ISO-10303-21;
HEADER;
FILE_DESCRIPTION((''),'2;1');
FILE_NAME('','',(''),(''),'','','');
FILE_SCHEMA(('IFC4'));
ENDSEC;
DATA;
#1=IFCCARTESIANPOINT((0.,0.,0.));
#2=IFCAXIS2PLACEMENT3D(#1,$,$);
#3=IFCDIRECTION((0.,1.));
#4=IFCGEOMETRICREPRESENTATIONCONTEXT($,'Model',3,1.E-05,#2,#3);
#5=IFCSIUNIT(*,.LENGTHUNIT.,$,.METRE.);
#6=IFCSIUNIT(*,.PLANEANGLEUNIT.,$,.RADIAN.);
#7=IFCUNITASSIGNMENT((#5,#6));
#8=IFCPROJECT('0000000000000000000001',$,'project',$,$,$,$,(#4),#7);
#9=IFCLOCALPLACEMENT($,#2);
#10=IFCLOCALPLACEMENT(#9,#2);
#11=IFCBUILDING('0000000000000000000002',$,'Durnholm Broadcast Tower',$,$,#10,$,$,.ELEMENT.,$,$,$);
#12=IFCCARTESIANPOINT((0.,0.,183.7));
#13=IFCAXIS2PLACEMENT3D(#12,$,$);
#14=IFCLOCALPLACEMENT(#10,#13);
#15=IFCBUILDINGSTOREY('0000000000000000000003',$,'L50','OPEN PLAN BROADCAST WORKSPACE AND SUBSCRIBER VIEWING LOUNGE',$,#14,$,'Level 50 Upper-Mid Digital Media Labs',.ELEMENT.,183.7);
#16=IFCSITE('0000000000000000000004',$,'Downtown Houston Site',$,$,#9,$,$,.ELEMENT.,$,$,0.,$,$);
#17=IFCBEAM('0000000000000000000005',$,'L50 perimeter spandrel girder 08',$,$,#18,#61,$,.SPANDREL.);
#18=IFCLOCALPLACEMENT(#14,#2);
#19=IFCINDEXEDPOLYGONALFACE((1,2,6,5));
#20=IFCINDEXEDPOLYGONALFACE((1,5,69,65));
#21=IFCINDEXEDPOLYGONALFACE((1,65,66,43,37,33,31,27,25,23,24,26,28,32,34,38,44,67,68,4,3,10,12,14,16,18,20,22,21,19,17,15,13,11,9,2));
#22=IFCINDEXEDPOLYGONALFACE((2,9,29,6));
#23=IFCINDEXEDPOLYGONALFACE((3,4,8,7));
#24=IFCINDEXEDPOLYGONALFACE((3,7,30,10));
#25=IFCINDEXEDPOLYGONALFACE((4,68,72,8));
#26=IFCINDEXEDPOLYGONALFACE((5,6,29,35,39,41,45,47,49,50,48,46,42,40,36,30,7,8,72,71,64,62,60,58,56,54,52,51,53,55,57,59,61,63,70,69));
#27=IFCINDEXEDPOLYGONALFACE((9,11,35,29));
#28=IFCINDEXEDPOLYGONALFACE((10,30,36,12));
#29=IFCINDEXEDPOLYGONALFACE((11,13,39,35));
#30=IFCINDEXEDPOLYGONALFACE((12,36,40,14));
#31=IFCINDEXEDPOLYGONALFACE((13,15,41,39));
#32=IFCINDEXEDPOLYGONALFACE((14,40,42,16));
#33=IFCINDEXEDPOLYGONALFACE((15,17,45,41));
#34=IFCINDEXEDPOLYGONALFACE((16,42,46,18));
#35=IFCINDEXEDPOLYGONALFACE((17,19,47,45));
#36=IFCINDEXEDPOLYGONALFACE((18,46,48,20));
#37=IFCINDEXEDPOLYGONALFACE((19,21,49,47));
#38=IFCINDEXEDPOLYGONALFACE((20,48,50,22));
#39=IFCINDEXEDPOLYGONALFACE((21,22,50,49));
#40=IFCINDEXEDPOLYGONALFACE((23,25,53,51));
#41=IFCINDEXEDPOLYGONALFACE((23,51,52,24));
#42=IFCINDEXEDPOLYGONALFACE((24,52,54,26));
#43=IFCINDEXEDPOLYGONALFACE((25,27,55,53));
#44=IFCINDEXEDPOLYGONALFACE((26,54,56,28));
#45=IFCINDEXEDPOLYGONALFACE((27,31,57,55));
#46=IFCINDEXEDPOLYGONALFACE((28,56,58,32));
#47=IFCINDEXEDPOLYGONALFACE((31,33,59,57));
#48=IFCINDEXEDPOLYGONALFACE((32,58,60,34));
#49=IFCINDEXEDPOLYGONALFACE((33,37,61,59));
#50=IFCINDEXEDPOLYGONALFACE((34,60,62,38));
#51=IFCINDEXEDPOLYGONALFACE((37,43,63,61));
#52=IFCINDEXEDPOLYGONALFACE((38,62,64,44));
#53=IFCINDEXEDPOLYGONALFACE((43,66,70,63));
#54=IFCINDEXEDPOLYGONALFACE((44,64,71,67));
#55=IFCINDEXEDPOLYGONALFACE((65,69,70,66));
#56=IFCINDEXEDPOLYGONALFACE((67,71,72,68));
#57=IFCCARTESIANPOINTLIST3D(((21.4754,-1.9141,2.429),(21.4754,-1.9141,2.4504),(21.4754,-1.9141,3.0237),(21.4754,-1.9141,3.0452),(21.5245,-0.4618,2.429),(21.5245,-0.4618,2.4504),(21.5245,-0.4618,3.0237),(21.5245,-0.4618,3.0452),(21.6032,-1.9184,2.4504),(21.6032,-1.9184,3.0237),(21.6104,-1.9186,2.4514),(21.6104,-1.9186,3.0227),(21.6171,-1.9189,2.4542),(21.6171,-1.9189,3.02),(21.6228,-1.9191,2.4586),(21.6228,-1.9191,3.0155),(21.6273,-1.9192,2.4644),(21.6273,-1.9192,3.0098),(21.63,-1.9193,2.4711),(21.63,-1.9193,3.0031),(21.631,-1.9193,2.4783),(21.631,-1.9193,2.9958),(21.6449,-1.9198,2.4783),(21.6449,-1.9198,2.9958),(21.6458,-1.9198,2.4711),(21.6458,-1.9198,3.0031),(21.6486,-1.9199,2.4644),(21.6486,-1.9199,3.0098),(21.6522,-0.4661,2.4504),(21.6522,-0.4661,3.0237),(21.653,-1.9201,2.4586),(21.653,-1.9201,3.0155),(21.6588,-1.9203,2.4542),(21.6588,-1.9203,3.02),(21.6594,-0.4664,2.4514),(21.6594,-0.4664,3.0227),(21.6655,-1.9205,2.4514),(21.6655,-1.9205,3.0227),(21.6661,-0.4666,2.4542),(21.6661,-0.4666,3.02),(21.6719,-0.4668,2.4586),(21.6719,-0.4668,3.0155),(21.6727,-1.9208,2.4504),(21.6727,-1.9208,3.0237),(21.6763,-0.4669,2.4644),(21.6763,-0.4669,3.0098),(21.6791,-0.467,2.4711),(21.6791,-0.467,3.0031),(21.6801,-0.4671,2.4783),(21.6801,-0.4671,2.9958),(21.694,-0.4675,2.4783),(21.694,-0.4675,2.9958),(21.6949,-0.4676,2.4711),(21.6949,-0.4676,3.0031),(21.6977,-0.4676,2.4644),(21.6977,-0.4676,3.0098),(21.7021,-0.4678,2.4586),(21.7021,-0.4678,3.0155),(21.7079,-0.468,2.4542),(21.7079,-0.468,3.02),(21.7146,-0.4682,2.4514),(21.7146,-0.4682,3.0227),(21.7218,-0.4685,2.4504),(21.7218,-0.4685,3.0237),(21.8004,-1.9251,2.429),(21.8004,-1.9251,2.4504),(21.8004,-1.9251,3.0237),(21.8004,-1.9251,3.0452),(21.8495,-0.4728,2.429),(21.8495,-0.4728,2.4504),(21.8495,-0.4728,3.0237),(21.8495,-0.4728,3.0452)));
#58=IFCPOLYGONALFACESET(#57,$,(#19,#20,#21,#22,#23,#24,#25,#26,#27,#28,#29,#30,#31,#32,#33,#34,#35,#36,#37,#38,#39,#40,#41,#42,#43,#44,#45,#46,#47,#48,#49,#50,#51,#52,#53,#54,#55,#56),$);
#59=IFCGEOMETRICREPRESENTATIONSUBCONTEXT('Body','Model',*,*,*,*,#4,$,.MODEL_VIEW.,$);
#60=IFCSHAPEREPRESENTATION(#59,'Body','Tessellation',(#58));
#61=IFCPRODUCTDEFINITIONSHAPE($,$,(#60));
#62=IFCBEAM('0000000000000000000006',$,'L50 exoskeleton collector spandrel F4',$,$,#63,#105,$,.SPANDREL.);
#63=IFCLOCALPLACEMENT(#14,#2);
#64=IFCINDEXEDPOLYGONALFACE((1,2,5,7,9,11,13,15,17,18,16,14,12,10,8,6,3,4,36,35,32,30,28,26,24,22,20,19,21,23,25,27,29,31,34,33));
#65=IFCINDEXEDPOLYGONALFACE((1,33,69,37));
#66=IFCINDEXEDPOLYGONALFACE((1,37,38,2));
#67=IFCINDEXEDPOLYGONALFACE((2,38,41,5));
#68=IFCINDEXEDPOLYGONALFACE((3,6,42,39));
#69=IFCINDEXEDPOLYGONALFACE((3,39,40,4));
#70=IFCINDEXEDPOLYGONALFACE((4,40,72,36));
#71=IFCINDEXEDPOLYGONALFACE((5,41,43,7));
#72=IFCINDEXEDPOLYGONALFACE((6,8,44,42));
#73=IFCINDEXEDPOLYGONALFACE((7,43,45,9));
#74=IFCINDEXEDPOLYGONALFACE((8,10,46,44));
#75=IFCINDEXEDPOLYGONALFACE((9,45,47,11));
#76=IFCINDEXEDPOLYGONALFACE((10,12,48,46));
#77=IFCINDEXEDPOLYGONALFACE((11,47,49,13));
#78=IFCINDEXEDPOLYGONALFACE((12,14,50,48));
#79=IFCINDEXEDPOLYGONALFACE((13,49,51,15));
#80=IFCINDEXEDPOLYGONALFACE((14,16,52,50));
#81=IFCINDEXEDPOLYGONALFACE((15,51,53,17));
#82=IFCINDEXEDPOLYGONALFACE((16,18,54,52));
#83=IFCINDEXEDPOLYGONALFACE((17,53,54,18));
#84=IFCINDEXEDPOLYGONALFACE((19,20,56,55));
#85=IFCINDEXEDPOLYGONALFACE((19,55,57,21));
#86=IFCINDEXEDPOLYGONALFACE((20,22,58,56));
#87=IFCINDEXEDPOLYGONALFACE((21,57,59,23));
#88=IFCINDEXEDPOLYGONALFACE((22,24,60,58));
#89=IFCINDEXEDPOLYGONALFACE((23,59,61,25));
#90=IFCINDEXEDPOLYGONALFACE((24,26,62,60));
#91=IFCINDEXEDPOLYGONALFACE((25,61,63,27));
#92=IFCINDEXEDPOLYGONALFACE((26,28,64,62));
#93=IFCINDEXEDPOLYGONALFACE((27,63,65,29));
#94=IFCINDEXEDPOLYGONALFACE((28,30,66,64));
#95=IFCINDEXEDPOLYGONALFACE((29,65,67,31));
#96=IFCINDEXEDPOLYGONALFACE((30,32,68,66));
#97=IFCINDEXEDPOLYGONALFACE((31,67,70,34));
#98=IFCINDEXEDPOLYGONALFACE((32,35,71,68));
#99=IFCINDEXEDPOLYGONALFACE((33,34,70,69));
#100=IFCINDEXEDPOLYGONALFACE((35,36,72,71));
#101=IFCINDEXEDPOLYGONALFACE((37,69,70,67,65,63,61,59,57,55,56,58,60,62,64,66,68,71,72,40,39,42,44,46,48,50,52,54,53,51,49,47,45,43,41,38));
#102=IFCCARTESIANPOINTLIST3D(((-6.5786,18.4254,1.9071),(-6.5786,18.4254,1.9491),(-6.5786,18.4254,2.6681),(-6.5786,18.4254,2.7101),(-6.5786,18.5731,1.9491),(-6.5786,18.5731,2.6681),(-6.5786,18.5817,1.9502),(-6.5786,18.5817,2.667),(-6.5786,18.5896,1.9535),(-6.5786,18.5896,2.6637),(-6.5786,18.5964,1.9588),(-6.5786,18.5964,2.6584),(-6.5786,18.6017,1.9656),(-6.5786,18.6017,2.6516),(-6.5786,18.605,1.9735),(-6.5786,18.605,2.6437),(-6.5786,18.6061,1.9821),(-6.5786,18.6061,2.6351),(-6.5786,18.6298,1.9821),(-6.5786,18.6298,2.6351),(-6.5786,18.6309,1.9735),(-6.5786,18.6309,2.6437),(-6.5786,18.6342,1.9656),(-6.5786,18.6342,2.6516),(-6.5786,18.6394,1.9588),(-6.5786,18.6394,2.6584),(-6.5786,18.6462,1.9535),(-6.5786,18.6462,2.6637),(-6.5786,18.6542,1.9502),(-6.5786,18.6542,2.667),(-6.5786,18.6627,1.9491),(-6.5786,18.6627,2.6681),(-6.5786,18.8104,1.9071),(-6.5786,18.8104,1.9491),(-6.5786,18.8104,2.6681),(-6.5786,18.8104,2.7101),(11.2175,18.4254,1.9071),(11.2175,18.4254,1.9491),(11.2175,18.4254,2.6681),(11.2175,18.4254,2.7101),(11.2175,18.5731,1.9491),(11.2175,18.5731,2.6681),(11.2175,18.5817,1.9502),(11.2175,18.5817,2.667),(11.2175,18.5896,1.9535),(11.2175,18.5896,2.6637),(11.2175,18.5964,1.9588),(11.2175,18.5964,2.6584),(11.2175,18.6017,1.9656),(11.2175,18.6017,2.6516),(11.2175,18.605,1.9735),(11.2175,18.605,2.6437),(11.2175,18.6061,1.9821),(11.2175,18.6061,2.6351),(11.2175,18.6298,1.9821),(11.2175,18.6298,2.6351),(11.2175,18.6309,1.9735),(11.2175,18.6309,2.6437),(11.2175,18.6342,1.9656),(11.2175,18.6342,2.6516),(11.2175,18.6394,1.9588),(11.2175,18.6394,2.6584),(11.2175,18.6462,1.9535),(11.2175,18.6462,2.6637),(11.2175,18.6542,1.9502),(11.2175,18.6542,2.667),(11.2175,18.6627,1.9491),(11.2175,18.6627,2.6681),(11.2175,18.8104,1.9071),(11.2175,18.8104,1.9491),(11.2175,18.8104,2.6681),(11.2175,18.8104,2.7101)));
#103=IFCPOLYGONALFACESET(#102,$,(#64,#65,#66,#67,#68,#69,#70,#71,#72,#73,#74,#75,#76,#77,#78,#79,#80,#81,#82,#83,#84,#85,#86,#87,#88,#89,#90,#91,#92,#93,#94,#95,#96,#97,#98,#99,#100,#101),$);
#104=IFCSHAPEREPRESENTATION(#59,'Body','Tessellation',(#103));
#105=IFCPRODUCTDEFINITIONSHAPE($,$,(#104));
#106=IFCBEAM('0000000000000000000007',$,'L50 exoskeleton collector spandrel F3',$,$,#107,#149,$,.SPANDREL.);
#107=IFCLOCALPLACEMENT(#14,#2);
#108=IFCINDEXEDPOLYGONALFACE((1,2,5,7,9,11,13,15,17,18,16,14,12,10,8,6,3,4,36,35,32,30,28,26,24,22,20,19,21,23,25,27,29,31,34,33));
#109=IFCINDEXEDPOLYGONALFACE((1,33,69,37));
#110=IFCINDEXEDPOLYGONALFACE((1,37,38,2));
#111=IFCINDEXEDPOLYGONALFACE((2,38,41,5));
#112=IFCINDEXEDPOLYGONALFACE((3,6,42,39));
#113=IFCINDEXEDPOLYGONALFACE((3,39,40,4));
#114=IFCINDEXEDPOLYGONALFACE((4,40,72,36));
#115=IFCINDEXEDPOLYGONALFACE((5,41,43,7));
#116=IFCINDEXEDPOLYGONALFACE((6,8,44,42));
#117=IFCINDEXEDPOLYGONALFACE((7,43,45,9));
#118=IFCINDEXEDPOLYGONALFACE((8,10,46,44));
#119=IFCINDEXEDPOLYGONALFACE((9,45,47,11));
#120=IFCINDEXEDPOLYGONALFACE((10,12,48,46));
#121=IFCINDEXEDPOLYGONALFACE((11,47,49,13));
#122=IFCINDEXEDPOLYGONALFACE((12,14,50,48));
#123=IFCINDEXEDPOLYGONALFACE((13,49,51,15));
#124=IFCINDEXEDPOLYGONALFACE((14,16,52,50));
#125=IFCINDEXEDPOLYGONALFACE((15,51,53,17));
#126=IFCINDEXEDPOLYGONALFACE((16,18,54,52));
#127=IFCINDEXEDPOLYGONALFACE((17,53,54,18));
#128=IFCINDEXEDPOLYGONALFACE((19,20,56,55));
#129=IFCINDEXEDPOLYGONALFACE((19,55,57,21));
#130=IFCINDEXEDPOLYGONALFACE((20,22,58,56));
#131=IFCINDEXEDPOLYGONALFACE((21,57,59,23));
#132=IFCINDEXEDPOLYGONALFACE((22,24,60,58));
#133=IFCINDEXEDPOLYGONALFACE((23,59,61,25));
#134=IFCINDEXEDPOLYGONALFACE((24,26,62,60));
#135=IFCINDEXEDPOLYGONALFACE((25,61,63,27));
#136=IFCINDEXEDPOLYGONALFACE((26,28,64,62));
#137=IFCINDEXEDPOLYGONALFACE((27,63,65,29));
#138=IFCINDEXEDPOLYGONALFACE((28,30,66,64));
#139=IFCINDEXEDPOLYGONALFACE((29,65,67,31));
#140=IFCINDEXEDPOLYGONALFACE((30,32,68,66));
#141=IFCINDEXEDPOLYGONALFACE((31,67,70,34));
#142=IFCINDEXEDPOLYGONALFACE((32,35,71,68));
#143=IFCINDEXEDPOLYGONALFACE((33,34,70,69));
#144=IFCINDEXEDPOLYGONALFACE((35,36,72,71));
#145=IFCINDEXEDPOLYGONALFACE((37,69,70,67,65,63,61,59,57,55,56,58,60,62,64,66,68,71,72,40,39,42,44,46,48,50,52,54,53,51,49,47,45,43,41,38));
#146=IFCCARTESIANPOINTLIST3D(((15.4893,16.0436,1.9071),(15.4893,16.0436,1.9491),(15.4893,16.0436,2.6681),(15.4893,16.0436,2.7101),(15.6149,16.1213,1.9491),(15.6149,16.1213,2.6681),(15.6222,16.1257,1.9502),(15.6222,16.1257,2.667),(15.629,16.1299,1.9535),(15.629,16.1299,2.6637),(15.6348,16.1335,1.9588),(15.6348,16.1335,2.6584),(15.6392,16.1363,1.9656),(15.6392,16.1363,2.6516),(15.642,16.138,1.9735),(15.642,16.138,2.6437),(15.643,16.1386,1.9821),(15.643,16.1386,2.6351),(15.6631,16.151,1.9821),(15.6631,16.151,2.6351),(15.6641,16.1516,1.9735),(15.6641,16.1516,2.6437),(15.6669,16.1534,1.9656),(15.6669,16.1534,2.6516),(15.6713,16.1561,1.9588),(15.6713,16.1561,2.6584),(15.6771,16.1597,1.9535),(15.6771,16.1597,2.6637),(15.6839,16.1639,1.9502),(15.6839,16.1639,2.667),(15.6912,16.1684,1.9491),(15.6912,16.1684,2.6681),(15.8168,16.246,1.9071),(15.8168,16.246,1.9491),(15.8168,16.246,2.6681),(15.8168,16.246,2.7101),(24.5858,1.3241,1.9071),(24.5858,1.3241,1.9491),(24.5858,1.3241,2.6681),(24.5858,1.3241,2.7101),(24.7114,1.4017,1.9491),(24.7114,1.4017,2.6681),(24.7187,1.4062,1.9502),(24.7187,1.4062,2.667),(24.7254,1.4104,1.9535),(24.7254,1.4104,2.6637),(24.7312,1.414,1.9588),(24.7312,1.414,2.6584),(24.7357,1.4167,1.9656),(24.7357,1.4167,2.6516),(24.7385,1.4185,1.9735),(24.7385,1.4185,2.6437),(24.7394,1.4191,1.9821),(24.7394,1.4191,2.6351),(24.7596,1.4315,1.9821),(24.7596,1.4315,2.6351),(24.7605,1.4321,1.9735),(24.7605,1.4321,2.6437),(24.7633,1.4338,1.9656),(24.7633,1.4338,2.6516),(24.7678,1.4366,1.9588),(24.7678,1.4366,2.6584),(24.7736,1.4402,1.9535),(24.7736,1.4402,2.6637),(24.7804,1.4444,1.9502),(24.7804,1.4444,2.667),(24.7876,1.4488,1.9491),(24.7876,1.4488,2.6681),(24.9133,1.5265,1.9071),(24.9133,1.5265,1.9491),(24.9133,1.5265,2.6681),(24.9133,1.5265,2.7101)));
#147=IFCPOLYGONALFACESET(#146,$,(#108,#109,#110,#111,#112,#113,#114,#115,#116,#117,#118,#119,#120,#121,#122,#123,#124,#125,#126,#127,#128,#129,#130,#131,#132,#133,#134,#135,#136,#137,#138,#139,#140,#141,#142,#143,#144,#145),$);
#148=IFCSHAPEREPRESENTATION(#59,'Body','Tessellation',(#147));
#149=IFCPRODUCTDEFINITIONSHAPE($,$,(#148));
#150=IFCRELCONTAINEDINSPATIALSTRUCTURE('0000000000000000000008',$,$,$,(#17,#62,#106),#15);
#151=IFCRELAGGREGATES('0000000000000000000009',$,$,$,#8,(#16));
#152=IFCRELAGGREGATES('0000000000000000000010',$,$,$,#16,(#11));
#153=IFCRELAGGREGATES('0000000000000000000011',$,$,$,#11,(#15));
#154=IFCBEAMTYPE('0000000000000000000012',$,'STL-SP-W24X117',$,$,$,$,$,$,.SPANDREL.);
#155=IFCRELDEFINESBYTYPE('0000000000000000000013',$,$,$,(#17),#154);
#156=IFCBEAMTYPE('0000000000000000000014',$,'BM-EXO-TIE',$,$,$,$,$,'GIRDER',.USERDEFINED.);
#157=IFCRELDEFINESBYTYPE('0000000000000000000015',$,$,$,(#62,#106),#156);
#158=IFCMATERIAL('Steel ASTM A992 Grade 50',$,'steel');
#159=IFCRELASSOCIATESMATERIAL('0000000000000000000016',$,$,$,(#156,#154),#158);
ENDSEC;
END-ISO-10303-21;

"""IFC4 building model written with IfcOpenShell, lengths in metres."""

from ifc_helpers import new_model, si_unit, direction, frame, origin, origin_2d, place, context, subcontext, project, spatial, i_section, extrude, source, transform, mapped, material, material_profile, profile_set, type_object, element, save


model = new_model("IFC4")

# Units and contexts
model_context = context("Model", 3, precision=1e-05, world=origin(), true_north=direction((0.0, 1.0)))
body_context = subcontext(model_context, "Body", "Model", "MODEL_VIEW")
ifc_project = project(units=[si_unit("LENGTHUNIT", "METRE"), si_unit("PLANEANGLEUNIT", "RADIAN")], contexts=[model_context])

# Site, building, storey
site_placement = place(None, origin())
site = spatial("IfcSite", under=ifc_project, at=site_placement, Name="Downtown Houston Site", CompositionType="ELEMENT", RefElevation=0.0)
building_placement = place(site_placement, origin())
building = spatial("IfcBuilding", under=site, at=building_placement, Name="Durnholm Broadcast Tower", CompositionType="ELEMENT")
storey_placement = place(building_placement, frame((0.0, 0.0, 183.7)))
storey = spatial("IfcBuildingStorey", under=building, at=storey_placement, Name="L50", Description="OPEN PLAN BROADCAST WORKSPACE AND SUBSCRIBER VIEWING LOUNGE", LongName="Level 50 Upper-Mid Digital Media Labs", CompositionType="ELEMENT", Elevation=183.7)

# Beams
ifc_material_1 = material(Name="Steel ASTM A992 Grade 50", Category="steel")
ifc_material_profile_1 = material_profile(ifc_material_1, i_section(OverallWidth=0.385, OverallDepth=0.803, WebThickness=0.0237, FlangeThickness=0.042, FilletRadius=0.033, at=origin_2d()), Name="W30X261")
ifc_profile_set_1 = profile_set([ifc_material_profile_1], Name="Steel ASTM A992 Grade 50")
beam_type_1 = type_object("IfcBeamType", Name="BM-EXO-TIE", ElementType="GIRDER", PredefinedType="USERDEFINED", material=ifc_profile_set_1)
ifc_material_profile_2 = material_profile(ifc_material_1, i_section(OverallWidth=0.3252, OverallDepth=0.6162, WebThickness=0.0139, FlangeThickness=0.0215, FilletRadius=0.0278, at=origin_2d()), Name="W24X117")
ifc_profile_set_2 = profile_set([ifc_material_profile_2], Name="Steel ASTM A992 Grade 50")
beam_type_2 = type_object("IfcBeamType", Name="STL-SP-W24X117", PredefinedType="SPANDREL", material=ifc_profile_set_2)
shared_shape_1 = source(origin(), body_context, "Body", "SweptSolid", [
    extrude(i_section(OverallWidth=0.3252, OverallDepth=0.6162, WebThickness=0.0139, FlangeThickness=0.0215, FilletRadius=0.0278, at=origin_2d()), origin(), (0.0, 0.0, 1.0), 1.4531),
])
beam_1_placement = place(storey_placement, frame((21.687, -0.4673, 2.7371), z_axis=(-0.033768, -0.99943, 0.0), x_axis=(0.99943, -0.033768, 0.0)))
element("IfcBeam", 1, at=beam_1_placement, inside=storey, type_object=beam_type_2, Name="L50 perimeter spandrel girder 08", PredefinedType="SPANDREL", context=body_context, shape_type="MappedRepresentation", body=[
    mapped(shared_shape_1, transform((0.0, 0.0, 0.0), x_axis=(1.0, 0.0, 0.0), y_axis=(0.0, 1.0, 0.0), z_axis=(0.0, 0.0, 1.0), scale=1.0)),
])
shared_shape_2 = source(origin(), body_context, "Body", "SweptSolid", [
    extrude(i_section(OverallWidth=0.385, OverallDepth=0.803, WebThickness=0.0237, FlangeThickness=0.042, FilletRadius=0.033, at=origin_2d()), origin(), (0.0, 0.0, 1.0), 17.7961),
])
beam_2_placement = place(storey_placement, frame((11.2175, 18.6179, 2.3086), z_axis=(-1.0, 0.0, 0.0), x_axis=(0.0, -1.0, 0.0)))
element("IfcBeam", 2, at=beam_2_placement, inside=storey, type_object=beam_type_1, Name="L50 exoskeleton collector spandrel F4", PredefinedType="SPANDREL", context=body_context, shape_type="MappedRepresentation", body=[
    mapped(shared_shape_2, transform((0.0, 0.0, 0.0), x_axis=(1.0, 0.0, 0.0), y_axis=(0.0, 1.0, 0.0), z_axis=(0.0, 0.0, 1.0), scale=1.0)),
])
shared_shape_3 = source(origin(), body_context, "Body", "SweptSolid", [
    extrude(i_section(OverallWidth=0.385, OverallDepth=0.803, WebThickness=0.0237, FlangeThickness=0.042, FilletRadius=0.033, at=origin_2d()), origin(), (0.0, 0.0, 1.0), 17.3035),
])
beam_3_placement = place(storey_placement, frame((24.7495, 1.4253, 2.3086), z_axis=(-0.525702, 0.850669, 0.0), x_axis=(-0.850669, -0.525702, 0.0)))
element("IfcBeam", 3, at=beam_3_placement, inside=storey, type_object=beam_type_1, Name="L50 exoskeleton collector spandrel F3", PredefinedType="SPANDREL", context=body_context, shape_type="MappedRepresentation", body=[
    mapped(shared_shape_3, transform((0.0, 0.0, 0.0), x_axis=(1.0, 0.0, 0.0), y_axis=(0.0, 1.0, 0.0), z_axis=(0.0, 0.0, 1.0), scale=1.0)),
])

save(model, "model.ifc")
